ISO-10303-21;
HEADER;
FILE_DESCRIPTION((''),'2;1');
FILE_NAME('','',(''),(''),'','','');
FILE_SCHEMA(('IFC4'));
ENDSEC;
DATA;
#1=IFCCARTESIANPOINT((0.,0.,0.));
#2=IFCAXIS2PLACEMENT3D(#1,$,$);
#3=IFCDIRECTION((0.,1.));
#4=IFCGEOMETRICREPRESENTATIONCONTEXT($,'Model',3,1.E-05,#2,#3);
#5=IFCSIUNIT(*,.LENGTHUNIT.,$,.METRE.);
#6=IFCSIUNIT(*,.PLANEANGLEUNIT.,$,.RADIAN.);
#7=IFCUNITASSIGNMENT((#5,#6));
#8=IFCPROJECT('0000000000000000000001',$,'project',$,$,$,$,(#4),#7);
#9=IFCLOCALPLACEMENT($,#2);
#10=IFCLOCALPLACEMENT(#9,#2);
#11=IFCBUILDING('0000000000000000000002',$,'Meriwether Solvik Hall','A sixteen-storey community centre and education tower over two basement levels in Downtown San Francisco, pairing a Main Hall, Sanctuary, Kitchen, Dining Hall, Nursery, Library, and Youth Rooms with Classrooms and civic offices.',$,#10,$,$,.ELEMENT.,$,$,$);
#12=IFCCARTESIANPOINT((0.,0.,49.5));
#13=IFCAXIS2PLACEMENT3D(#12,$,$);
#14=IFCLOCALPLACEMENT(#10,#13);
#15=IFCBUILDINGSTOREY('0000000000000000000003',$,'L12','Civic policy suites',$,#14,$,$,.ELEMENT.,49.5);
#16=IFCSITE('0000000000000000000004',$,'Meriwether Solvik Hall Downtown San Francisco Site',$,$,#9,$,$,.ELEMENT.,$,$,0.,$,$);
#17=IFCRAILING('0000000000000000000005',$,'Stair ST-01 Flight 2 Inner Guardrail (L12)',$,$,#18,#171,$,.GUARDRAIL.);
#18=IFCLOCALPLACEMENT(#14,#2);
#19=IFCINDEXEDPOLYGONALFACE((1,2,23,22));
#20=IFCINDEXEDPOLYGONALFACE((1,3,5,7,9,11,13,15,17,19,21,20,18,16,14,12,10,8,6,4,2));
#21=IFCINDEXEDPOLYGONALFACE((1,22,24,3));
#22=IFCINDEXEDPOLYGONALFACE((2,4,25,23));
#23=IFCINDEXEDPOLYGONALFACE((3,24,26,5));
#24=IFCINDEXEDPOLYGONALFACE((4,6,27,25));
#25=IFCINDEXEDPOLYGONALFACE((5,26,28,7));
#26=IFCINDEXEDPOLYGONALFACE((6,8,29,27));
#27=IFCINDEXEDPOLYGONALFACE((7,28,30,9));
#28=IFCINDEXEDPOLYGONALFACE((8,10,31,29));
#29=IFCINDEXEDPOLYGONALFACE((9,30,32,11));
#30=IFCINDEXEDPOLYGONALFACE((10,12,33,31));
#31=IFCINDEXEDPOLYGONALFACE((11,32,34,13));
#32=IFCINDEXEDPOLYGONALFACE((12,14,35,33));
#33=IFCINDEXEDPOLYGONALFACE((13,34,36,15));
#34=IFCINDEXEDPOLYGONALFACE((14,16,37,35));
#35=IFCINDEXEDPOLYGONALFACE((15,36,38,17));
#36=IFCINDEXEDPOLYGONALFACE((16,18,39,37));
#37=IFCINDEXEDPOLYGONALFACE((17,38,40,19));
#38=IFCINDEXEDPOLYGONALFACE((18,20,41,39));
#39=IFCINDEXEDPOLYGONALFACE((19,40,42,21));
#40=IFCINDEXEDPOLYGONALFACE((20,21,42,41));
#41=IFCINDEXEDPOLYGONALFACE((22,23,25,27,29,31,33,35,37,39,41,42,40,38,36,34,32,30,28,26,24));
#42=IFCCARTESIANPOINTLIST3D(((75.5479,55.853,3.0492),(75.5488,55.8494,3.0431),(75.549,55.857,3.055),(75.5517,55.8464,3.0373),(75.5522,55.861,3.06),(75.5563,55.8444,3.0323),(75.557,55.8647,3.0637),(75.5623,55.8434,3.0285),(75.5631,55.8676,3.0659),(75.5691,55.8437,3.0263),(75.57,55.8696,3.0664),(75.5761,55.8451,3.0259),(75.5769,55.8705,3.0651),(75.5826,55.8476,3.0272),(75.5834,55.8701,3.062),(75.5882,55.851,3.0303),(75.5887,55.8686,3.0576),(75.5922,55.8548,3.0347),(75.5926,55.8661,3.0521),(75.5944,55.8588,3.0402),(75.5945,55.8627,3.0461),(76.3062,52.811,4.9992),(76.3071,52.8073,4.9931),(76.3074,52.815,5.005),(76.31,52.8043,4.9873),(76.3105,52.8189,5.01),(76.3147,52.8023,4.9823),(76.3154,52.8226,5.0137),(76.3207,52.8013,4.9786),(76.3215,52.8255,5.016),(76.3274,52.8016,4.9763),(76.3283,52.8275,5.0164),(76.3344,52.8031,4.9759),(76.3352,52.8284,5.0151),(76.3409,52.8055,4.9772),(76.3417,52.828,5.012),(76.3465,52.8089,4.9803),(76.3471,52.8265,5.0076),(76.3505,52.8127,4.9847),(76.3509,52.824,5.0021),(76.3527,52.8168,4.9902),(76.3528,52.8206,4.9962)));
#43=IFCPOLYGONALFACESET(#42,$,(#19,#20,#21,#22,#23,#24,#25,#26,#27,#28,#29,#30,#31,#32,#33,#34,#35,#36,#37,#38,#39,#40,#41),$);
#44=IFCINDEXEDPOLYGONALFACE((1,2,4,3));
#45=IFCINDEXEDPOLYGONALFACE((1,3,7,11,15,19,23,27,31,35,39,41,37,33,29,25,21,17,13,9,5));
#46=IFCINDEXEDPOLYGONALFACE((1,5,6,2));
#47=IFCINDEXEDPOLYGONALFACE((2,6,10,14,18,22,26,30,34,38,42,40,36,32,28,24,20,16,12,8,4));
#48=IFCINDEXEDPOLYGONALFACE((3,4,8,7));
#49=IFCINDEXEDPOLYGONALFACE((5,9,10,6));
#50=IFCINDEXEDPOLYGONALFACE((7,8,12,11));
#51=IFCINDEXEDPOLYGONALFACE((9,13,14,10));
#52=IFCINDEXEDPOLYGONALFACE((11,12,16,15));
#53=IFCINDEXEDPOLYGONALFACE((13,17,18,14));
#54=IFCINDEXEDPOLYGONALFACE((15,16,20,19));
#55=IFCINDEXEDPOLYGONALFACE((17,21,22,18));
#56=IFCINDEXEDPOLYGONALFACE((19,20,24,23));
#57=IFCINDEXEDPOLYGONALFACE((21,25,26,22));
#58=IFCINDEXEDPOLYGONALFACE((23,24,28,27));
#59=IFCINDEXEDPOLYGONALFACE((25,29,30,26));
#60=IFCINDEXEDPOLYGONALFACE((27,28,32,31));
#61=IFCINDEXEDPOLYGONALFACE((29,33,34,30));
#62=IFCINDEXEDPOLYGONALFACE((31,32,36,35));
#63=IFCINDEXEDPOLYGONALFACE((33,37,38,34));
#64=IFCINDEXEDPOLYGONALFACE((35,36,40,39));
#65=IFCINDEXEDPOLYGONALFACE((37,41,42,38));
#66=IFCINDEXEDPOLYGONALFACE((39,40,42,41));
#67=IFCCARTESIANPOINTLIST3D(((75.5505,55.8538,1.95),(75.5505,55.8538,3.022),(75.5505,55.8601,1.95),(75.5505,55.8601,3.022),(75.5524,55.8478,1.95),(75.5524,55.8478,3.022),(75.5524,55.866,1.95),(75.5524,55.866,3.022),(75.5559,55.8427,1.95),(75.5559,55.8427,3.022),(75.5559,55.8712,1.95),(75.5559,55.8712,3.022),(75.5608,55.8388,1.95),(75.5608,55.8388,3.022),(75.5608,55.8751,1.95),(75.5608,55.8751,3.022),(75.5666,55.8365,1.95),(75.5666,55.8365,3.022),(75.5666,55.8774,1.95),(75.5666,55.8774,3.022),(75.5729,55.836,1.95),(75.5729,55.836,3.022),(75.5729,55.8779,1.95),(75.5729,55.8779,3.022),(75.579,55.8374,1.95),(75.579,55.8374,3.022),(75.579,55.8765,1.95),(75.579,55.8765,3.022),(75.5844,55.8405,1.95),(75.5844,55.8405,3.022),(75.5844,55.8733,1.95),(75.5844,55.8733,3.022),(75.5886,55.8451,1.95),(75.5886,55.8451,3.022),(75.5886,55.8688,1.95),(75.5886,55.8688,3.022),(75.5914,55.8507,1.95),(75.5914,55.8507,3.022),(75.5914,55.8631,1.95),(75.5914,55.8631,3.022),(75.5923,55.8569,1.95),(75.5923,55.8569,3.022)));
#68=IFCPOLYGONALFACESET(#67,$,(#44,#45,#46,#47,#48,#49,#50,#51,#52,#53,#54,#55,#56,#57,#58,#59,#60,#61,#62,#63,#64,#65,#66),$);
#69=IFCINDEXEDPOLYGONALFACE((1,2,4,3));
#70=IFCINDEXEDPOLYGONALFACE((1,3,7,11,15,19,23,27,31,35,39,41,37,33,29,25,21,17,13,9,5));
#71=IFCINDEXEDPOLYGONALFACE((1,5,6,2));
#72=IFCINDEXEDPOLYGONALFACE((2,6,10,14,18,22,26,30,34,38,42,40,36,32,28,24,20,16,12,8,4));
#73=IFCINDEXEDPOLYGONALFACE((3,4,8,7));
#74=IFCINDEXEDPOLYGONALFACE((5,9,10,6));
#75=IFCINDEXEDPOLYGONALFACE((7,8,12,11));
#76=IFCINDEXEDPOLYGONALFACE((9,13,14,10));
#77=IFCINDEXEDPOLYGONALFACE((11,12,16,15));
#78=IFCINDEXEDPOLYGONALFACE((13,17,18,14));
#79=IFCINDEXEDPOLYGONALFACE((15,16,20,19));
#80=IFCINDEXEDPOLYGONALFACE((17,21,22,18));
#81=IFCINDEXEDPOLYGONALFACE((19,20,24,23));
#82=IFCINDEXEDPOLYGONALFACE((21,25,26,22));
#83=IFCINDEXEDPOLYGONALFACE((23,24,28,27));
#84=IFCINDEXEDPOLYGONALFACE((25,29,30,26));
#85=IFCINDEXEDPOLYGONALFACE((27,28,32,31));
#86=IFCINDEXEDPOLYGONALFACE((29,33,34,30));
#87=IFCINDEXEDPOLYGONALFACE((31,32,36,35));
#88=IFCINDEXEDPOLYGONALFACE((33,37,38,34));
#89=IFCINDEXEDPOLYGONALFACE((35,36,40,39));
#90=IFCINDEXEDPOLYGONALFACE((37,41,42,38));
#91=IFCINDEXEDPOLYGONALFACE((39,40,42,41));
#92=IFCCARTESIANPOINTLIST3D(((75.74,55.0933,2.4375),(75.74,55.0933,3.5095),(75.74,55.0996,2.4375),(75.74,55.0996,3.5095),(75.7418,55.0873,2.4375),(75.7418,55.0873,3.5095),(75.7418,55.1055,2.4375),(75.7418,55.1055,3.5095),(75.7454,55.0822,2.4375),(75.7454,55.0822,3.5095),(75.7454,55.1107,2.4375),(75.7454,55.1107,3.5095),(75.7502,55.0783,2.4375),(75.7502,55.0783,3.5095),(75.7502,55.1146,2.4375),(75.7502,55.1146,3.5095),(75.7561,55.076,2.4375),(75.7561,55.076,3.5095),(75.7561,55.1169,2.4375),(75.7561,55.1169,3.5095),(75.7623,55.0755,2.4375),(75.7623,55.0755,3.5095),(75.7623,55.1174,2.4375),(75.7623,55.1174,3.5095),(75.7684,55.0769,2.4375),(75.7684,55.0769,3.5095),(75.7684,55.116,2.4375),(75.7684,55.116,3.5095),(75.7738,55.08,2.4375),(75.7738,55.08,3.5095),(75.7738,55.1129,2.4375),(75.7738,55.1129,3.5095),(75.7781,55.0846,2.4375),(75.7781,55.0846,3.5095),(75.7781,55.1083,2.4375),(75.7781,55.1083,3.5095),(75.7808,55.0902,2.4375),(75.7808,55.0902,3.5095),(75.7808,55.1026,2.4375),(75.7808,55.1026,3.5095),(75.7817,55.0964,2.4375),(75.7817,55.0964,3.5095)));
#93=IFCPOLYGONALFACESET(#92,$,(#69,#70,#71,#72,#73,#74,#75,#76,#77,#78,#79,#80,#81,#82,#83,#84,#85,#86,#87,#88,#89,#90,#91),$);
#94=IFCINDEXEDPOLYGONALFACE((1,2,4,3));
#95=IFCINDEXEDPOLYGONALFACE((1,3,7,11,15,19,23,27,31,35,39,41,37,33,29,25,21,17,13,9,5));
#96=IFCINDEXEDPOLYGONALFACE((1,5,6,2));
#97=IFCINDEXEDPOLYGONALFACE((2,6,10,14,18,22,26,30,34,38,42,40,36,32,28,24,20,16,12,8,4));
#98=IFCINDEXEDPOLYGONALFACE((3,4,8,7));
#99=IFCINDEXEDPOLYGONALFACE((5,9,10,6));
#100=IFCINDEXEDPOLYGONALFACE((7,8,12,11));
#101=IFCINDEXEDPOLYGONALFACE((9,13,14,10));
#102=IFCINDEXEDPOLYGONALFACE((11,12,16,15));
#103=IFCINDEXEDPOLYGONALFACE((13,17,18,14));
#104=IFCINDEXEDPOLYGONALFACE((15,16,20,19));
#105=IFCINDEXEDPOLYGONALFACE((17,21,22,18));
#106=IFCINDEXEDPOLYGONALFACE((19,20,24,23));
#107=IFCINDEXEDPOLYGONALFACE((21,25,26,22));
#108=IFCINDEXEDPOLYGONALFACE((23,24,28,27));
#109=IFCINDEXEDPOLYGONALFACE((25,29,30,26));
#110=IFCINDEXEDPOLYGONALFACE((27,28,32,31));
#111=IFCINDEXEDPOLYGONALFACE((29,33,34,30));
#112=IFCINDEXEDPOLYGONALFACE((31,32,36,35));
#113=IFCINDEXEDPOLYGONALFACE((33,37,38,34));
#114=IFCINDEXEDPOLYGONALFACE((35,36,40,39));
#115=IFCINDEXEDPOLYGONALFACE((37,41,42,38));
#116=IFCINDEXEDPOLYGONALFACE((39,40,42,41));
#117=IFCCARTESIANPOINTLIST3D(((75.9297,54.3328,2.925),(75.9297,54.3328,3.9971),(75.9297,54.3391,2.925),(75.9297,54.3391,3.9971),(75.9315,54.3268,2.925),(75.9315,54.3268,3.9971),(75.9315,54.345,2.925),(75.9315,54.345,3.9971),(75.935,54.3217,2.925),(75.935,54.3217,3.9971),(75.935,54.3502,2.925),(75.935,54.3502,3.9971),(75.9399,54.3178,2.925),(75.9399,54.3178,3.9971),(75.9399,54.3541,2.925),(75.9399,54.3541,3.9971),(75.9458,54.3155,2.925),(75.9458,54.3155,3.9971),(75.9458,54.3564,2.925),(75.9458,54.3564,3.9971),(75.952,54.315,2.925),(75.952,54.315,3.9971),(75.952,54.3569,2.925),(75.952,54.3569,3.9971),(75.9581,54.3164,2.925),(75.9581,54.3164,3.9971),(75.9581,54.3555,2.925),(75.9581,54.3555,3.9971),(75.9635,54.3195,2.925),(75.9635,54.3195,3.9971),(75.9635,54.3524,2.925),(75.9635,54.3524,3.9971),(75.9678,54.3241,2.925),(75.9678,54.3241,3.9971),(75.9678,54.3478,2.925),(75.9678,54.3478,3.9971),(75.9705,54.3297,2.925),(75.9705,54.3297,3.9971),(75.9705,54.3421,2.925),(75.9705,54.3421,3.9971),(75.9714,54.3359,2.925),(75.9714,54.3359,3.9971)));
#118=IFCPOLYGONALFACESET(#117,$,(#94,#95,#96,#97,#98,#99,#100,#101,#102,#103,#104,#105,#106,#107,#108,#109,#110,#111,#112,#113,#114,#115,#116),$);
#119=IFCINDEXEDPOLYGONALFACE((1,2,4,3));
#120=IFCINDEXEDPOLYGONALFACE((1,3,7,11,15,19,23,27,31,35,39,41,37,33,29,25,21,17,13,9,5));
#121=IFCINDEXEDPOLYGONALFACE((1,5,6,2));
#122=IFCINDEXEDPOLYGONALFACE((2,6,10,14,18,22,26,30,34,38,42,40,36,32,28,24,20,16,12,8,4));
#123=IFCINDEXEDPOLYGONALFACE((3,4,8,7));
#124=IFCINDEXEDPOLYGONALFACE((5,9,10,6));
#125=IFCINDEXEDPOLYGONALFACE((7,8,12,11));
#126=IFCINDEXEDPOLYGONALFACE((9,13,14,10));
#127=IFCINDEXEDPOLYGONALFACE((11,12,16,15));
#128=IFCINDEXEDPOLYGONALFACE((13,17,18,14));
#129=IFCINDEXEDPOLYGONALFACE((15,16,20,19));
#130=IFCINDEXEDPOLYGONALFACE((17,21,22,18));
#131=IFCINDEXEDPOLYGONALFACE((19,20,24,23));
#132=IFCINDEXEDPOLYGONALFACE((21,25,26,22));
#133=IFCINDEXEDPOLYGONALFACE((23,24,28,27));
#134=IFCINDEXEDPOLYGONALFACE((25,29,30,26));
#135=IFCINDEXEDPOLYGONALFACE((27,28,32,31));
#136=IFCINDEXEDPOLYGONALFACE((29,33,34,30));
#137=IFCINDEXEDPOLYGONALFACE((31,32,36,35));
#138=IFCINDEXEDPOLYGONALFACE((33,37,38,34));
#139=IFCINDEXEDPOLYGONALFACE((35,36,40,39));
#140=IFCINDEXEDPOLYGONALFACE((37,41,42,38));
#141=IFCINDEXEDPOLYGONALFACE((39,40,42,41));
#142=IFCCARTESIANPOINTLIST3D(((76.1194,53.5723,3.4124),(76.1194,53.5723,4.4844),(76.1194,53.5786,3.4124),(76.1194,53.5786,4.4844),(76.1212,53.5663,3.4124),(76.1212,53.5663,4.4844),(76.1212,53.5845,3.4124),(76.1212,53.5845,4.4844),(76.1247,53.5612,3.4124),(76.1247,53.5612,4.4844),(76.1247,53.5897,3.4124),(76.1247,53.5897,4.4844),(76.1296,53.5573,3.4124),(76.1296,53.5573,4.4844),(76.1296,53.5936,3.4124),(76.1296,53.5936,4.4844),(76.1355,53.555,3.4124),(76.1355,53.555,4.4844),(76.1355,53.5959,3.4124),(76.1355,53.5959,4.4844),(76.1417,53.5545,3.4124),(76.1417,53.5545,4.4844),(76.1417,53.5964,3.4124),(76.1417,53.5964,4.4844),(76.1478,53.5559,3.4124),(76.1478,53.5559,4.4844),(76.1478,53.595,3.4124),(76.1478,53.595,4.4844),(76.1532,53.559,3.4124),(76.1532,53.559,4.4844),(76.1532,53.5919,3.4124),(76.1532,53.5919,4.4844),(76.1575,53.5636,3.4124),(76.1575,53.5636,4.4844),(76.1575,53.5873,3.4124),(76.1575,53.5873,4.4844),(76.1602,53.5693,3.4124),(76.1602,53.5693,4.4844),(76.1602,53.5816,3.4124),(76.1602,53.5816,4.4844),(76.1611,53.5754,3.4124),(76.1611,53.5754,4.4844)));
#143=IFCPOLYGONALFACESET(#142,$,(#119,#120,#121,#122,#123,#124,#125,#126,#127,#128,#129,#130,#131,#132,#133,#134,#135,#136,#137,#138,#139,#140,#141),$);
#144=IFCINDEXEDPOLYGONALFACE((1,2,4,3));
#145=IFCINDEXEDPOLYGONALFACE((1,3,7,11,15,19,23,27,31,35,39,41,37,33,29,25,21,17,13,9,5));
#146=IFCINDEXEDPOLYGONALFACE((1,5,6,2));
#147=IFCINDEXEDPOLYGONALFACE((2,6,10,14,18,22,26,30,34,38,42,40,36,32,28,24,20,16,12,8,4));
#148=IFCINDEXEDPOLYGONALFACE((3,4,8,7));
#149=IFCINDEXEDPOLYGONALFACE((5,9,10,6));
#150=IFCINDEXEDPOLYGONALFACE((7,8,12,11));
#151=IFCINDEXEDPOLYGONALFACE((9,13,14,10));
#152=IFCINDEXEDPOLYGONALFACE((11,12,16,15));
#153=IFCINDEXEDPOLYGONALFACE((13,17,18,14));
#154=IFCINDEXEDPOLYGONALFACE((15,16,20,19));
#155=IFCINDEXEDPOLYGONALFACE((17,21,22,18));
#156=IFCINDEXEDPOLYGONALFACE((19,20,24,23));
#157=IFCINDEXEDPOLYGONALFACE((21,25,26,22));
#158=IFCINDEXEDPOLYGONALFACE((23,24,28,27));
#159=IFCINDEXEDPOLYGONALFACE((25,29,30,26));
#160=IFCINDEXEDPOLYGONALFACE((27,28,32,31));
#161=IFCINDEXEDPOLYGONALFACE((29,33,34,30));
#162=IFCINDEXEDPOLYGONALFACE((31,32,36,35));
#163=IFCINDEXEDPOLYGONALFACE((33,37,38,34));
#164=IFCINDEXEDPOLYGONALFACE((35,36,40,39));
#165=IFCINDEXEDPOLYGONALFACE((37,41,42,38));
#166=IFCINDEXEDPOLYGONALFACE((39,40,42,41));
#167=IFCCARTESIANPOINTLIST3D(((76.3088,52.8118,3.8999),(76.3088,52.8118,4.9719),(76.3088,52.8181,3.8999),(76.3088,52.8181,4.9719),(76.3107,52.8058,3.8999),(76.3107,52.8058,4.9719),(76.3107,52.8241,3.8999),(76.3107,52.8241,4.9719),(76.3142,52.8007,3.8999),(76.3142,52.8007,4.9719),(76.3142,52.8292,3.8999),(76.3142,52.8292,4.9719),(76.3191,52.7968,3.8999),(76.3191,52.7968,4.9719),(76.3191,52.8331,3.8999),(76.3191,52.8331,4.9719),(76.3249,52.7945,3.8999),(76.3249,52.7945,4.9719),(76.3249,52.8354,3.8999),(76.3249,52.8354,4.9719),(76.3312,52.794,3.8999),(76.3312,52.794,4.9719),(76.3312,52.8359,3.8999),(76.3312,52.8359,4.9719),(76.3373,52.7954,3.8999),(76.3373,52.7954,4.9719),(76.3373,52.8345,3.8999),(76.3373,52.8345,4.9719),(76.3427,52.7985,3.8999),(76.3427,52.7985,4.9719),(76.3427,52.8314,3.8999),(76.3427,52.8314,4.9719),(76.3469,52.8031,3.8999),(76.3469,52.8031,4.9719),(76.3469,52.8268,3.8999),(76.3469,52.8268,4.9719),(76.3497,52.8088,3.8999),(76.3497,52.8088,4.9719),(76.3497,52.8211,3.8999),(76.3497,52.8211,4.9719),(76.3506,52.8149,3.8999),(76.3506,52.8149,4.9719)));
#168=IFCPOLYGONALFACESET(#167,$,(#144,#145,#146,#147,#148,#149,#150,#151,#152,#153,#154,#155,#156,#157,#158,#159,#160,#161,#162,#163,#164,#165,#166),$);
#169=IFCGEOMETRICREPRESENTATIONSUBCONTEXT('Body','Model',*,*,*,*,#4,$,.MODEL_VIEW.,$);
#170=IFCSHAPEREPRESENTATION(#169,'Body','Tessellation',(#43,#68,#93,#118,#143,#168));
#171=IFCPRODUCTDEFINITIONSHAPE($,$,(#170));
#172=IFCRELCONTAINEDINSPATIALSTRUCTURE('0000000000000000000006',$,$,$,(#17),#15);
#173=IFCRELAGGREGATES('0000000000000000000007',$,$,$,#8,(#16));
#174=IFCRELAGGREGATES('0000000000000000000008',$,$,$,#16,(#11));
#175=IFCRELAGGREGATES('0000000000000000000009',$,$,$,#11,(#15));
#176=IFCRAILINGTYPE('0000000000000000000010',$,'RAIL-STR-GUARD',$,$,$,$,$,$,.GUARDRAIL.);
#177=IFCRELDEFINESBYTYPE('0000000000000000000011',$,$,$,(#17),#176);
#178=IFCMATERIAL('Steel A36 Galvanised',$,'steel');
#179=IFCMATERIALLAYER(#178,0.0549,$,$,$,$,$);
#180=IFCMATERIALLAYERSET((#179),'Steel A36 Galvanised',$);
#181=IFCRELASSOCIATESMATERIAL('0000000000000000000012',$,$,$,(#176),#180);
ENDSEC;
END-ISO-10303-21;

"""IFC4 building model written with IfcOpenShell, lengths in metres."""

from ifc_helpers import new_model, si_unit, direction, frame, origin, origin_2d, place, context, subcontext, project, spatial, circle, extrude, material, layer, layer_set, type_object, element, save


model = new_model("IFC4")

# Units and contexts
model_context = context("Model", 3, precision=1e-05, world=origin(), true_north=direction((0.0, 1.0)))
body_context = subcontext(model_context, "Body", "Model", "MODEL_VIEW")
ifc_project = project(units=[si_unit("LENGTHUNIT", "METRE"), si_unit("PLANEANGLEUNIT", "RADIAN")], contexts=[model_context])

# Site, building, storey
site_placement = place(None, origin())
site = spatial("IfcSite", under=ifc_project, at=site_placement, Name="Meriwether Solvik Hall Downtown San Francisco Site", CompositionType="ELEMENT", RefElevation=0.0)
building_placement = place(site_placement, origin())
building = spatial("IfcBuilding", under=site, at=building_placement, Name="Meriwether Solvik Hall", Description="A sixteen-storey community centre and education tower over two basement levels in Downtown San Francisco, pairing a Main Hall, Sanctuary, Kitchen, Dining Hall, Nursery, Library, and Youth Rooms with Classrooms and civic offices.", CompositionType="ELEMENT")
storey_placement = place(building_placement, frame((0.0, 0.0, 49.5)))
storey = spatial("IfcBuildingStorey", under=building, at=storey_placement, Name="L12", Description="Civic policy suites", CompositionType="ELEMENT", Elevation=49.5)

# Railing
ifc_material_1 = material(Name="Steel A36 Galvanised", Category="steel")
ifc_layer_1 = layer(ifc_material_1, 0.0549)
ifc_layer_set_1 = layer_set([ifc_layer_1], Name="Steel A36 Galvanised")
railing_type_1 = type_object("IfcRailingType", Name="RAIL-STR-GUARD", PredefinedType="GUARDRAIL", material=ifc_layer_set_1)
railing_1_placement = place(storey_placement, frame((75.5713, 55.8569, 1.95)))
element("IfcRailing", 1, at=railing_1_placement, inside=storey, type_object=railing_type_1, Name="Stair ST-01 Flight 2 Inner Guardrail (L12)", PredefinedType="GUARDRAIL", context=body_context, shape_type="SweptSolid", body=[
    extrude(circle(Radius=0.0239, at=origin_2d()), frame((0.0, 0.0, 1.0962), z_axis=(0.205389, -0.823936, 0.528152), x_axis=(0.970307, 0.241876, 0.0)), (0.0, 0.0, 1.0), 3.6921),
    extrude(circle(Radius=0.021, at=origin_2d()), origin(), (0.0, 0.0, 1.0), 1.072),
    extrude(circle(Radius=0.021, at=origin_2d()), frame((0.1895, -0.7605, 0.4875)), (0.0, 0.0, 1.0), 1.072),
    extrude(circle(Radius=0.021, at=origin_2d()), frame((0.3792, -1.521, 0.9751)), (0.0, 0.0, 1.0), 1.072),
    extrude(circle(Radius=0.021, at=origin_2d()), frame((0.5688, -2.2815, 1.4624)), (0.0, 0.0, 1.0), 1.072),
    extrude(circle(Radius=0.021, at=origin_2d()), frame((0.7583, -3.042, 1.95)), (0.0, 0.0, 1.0), 1.072),
])

save(model, "model.ifc")
